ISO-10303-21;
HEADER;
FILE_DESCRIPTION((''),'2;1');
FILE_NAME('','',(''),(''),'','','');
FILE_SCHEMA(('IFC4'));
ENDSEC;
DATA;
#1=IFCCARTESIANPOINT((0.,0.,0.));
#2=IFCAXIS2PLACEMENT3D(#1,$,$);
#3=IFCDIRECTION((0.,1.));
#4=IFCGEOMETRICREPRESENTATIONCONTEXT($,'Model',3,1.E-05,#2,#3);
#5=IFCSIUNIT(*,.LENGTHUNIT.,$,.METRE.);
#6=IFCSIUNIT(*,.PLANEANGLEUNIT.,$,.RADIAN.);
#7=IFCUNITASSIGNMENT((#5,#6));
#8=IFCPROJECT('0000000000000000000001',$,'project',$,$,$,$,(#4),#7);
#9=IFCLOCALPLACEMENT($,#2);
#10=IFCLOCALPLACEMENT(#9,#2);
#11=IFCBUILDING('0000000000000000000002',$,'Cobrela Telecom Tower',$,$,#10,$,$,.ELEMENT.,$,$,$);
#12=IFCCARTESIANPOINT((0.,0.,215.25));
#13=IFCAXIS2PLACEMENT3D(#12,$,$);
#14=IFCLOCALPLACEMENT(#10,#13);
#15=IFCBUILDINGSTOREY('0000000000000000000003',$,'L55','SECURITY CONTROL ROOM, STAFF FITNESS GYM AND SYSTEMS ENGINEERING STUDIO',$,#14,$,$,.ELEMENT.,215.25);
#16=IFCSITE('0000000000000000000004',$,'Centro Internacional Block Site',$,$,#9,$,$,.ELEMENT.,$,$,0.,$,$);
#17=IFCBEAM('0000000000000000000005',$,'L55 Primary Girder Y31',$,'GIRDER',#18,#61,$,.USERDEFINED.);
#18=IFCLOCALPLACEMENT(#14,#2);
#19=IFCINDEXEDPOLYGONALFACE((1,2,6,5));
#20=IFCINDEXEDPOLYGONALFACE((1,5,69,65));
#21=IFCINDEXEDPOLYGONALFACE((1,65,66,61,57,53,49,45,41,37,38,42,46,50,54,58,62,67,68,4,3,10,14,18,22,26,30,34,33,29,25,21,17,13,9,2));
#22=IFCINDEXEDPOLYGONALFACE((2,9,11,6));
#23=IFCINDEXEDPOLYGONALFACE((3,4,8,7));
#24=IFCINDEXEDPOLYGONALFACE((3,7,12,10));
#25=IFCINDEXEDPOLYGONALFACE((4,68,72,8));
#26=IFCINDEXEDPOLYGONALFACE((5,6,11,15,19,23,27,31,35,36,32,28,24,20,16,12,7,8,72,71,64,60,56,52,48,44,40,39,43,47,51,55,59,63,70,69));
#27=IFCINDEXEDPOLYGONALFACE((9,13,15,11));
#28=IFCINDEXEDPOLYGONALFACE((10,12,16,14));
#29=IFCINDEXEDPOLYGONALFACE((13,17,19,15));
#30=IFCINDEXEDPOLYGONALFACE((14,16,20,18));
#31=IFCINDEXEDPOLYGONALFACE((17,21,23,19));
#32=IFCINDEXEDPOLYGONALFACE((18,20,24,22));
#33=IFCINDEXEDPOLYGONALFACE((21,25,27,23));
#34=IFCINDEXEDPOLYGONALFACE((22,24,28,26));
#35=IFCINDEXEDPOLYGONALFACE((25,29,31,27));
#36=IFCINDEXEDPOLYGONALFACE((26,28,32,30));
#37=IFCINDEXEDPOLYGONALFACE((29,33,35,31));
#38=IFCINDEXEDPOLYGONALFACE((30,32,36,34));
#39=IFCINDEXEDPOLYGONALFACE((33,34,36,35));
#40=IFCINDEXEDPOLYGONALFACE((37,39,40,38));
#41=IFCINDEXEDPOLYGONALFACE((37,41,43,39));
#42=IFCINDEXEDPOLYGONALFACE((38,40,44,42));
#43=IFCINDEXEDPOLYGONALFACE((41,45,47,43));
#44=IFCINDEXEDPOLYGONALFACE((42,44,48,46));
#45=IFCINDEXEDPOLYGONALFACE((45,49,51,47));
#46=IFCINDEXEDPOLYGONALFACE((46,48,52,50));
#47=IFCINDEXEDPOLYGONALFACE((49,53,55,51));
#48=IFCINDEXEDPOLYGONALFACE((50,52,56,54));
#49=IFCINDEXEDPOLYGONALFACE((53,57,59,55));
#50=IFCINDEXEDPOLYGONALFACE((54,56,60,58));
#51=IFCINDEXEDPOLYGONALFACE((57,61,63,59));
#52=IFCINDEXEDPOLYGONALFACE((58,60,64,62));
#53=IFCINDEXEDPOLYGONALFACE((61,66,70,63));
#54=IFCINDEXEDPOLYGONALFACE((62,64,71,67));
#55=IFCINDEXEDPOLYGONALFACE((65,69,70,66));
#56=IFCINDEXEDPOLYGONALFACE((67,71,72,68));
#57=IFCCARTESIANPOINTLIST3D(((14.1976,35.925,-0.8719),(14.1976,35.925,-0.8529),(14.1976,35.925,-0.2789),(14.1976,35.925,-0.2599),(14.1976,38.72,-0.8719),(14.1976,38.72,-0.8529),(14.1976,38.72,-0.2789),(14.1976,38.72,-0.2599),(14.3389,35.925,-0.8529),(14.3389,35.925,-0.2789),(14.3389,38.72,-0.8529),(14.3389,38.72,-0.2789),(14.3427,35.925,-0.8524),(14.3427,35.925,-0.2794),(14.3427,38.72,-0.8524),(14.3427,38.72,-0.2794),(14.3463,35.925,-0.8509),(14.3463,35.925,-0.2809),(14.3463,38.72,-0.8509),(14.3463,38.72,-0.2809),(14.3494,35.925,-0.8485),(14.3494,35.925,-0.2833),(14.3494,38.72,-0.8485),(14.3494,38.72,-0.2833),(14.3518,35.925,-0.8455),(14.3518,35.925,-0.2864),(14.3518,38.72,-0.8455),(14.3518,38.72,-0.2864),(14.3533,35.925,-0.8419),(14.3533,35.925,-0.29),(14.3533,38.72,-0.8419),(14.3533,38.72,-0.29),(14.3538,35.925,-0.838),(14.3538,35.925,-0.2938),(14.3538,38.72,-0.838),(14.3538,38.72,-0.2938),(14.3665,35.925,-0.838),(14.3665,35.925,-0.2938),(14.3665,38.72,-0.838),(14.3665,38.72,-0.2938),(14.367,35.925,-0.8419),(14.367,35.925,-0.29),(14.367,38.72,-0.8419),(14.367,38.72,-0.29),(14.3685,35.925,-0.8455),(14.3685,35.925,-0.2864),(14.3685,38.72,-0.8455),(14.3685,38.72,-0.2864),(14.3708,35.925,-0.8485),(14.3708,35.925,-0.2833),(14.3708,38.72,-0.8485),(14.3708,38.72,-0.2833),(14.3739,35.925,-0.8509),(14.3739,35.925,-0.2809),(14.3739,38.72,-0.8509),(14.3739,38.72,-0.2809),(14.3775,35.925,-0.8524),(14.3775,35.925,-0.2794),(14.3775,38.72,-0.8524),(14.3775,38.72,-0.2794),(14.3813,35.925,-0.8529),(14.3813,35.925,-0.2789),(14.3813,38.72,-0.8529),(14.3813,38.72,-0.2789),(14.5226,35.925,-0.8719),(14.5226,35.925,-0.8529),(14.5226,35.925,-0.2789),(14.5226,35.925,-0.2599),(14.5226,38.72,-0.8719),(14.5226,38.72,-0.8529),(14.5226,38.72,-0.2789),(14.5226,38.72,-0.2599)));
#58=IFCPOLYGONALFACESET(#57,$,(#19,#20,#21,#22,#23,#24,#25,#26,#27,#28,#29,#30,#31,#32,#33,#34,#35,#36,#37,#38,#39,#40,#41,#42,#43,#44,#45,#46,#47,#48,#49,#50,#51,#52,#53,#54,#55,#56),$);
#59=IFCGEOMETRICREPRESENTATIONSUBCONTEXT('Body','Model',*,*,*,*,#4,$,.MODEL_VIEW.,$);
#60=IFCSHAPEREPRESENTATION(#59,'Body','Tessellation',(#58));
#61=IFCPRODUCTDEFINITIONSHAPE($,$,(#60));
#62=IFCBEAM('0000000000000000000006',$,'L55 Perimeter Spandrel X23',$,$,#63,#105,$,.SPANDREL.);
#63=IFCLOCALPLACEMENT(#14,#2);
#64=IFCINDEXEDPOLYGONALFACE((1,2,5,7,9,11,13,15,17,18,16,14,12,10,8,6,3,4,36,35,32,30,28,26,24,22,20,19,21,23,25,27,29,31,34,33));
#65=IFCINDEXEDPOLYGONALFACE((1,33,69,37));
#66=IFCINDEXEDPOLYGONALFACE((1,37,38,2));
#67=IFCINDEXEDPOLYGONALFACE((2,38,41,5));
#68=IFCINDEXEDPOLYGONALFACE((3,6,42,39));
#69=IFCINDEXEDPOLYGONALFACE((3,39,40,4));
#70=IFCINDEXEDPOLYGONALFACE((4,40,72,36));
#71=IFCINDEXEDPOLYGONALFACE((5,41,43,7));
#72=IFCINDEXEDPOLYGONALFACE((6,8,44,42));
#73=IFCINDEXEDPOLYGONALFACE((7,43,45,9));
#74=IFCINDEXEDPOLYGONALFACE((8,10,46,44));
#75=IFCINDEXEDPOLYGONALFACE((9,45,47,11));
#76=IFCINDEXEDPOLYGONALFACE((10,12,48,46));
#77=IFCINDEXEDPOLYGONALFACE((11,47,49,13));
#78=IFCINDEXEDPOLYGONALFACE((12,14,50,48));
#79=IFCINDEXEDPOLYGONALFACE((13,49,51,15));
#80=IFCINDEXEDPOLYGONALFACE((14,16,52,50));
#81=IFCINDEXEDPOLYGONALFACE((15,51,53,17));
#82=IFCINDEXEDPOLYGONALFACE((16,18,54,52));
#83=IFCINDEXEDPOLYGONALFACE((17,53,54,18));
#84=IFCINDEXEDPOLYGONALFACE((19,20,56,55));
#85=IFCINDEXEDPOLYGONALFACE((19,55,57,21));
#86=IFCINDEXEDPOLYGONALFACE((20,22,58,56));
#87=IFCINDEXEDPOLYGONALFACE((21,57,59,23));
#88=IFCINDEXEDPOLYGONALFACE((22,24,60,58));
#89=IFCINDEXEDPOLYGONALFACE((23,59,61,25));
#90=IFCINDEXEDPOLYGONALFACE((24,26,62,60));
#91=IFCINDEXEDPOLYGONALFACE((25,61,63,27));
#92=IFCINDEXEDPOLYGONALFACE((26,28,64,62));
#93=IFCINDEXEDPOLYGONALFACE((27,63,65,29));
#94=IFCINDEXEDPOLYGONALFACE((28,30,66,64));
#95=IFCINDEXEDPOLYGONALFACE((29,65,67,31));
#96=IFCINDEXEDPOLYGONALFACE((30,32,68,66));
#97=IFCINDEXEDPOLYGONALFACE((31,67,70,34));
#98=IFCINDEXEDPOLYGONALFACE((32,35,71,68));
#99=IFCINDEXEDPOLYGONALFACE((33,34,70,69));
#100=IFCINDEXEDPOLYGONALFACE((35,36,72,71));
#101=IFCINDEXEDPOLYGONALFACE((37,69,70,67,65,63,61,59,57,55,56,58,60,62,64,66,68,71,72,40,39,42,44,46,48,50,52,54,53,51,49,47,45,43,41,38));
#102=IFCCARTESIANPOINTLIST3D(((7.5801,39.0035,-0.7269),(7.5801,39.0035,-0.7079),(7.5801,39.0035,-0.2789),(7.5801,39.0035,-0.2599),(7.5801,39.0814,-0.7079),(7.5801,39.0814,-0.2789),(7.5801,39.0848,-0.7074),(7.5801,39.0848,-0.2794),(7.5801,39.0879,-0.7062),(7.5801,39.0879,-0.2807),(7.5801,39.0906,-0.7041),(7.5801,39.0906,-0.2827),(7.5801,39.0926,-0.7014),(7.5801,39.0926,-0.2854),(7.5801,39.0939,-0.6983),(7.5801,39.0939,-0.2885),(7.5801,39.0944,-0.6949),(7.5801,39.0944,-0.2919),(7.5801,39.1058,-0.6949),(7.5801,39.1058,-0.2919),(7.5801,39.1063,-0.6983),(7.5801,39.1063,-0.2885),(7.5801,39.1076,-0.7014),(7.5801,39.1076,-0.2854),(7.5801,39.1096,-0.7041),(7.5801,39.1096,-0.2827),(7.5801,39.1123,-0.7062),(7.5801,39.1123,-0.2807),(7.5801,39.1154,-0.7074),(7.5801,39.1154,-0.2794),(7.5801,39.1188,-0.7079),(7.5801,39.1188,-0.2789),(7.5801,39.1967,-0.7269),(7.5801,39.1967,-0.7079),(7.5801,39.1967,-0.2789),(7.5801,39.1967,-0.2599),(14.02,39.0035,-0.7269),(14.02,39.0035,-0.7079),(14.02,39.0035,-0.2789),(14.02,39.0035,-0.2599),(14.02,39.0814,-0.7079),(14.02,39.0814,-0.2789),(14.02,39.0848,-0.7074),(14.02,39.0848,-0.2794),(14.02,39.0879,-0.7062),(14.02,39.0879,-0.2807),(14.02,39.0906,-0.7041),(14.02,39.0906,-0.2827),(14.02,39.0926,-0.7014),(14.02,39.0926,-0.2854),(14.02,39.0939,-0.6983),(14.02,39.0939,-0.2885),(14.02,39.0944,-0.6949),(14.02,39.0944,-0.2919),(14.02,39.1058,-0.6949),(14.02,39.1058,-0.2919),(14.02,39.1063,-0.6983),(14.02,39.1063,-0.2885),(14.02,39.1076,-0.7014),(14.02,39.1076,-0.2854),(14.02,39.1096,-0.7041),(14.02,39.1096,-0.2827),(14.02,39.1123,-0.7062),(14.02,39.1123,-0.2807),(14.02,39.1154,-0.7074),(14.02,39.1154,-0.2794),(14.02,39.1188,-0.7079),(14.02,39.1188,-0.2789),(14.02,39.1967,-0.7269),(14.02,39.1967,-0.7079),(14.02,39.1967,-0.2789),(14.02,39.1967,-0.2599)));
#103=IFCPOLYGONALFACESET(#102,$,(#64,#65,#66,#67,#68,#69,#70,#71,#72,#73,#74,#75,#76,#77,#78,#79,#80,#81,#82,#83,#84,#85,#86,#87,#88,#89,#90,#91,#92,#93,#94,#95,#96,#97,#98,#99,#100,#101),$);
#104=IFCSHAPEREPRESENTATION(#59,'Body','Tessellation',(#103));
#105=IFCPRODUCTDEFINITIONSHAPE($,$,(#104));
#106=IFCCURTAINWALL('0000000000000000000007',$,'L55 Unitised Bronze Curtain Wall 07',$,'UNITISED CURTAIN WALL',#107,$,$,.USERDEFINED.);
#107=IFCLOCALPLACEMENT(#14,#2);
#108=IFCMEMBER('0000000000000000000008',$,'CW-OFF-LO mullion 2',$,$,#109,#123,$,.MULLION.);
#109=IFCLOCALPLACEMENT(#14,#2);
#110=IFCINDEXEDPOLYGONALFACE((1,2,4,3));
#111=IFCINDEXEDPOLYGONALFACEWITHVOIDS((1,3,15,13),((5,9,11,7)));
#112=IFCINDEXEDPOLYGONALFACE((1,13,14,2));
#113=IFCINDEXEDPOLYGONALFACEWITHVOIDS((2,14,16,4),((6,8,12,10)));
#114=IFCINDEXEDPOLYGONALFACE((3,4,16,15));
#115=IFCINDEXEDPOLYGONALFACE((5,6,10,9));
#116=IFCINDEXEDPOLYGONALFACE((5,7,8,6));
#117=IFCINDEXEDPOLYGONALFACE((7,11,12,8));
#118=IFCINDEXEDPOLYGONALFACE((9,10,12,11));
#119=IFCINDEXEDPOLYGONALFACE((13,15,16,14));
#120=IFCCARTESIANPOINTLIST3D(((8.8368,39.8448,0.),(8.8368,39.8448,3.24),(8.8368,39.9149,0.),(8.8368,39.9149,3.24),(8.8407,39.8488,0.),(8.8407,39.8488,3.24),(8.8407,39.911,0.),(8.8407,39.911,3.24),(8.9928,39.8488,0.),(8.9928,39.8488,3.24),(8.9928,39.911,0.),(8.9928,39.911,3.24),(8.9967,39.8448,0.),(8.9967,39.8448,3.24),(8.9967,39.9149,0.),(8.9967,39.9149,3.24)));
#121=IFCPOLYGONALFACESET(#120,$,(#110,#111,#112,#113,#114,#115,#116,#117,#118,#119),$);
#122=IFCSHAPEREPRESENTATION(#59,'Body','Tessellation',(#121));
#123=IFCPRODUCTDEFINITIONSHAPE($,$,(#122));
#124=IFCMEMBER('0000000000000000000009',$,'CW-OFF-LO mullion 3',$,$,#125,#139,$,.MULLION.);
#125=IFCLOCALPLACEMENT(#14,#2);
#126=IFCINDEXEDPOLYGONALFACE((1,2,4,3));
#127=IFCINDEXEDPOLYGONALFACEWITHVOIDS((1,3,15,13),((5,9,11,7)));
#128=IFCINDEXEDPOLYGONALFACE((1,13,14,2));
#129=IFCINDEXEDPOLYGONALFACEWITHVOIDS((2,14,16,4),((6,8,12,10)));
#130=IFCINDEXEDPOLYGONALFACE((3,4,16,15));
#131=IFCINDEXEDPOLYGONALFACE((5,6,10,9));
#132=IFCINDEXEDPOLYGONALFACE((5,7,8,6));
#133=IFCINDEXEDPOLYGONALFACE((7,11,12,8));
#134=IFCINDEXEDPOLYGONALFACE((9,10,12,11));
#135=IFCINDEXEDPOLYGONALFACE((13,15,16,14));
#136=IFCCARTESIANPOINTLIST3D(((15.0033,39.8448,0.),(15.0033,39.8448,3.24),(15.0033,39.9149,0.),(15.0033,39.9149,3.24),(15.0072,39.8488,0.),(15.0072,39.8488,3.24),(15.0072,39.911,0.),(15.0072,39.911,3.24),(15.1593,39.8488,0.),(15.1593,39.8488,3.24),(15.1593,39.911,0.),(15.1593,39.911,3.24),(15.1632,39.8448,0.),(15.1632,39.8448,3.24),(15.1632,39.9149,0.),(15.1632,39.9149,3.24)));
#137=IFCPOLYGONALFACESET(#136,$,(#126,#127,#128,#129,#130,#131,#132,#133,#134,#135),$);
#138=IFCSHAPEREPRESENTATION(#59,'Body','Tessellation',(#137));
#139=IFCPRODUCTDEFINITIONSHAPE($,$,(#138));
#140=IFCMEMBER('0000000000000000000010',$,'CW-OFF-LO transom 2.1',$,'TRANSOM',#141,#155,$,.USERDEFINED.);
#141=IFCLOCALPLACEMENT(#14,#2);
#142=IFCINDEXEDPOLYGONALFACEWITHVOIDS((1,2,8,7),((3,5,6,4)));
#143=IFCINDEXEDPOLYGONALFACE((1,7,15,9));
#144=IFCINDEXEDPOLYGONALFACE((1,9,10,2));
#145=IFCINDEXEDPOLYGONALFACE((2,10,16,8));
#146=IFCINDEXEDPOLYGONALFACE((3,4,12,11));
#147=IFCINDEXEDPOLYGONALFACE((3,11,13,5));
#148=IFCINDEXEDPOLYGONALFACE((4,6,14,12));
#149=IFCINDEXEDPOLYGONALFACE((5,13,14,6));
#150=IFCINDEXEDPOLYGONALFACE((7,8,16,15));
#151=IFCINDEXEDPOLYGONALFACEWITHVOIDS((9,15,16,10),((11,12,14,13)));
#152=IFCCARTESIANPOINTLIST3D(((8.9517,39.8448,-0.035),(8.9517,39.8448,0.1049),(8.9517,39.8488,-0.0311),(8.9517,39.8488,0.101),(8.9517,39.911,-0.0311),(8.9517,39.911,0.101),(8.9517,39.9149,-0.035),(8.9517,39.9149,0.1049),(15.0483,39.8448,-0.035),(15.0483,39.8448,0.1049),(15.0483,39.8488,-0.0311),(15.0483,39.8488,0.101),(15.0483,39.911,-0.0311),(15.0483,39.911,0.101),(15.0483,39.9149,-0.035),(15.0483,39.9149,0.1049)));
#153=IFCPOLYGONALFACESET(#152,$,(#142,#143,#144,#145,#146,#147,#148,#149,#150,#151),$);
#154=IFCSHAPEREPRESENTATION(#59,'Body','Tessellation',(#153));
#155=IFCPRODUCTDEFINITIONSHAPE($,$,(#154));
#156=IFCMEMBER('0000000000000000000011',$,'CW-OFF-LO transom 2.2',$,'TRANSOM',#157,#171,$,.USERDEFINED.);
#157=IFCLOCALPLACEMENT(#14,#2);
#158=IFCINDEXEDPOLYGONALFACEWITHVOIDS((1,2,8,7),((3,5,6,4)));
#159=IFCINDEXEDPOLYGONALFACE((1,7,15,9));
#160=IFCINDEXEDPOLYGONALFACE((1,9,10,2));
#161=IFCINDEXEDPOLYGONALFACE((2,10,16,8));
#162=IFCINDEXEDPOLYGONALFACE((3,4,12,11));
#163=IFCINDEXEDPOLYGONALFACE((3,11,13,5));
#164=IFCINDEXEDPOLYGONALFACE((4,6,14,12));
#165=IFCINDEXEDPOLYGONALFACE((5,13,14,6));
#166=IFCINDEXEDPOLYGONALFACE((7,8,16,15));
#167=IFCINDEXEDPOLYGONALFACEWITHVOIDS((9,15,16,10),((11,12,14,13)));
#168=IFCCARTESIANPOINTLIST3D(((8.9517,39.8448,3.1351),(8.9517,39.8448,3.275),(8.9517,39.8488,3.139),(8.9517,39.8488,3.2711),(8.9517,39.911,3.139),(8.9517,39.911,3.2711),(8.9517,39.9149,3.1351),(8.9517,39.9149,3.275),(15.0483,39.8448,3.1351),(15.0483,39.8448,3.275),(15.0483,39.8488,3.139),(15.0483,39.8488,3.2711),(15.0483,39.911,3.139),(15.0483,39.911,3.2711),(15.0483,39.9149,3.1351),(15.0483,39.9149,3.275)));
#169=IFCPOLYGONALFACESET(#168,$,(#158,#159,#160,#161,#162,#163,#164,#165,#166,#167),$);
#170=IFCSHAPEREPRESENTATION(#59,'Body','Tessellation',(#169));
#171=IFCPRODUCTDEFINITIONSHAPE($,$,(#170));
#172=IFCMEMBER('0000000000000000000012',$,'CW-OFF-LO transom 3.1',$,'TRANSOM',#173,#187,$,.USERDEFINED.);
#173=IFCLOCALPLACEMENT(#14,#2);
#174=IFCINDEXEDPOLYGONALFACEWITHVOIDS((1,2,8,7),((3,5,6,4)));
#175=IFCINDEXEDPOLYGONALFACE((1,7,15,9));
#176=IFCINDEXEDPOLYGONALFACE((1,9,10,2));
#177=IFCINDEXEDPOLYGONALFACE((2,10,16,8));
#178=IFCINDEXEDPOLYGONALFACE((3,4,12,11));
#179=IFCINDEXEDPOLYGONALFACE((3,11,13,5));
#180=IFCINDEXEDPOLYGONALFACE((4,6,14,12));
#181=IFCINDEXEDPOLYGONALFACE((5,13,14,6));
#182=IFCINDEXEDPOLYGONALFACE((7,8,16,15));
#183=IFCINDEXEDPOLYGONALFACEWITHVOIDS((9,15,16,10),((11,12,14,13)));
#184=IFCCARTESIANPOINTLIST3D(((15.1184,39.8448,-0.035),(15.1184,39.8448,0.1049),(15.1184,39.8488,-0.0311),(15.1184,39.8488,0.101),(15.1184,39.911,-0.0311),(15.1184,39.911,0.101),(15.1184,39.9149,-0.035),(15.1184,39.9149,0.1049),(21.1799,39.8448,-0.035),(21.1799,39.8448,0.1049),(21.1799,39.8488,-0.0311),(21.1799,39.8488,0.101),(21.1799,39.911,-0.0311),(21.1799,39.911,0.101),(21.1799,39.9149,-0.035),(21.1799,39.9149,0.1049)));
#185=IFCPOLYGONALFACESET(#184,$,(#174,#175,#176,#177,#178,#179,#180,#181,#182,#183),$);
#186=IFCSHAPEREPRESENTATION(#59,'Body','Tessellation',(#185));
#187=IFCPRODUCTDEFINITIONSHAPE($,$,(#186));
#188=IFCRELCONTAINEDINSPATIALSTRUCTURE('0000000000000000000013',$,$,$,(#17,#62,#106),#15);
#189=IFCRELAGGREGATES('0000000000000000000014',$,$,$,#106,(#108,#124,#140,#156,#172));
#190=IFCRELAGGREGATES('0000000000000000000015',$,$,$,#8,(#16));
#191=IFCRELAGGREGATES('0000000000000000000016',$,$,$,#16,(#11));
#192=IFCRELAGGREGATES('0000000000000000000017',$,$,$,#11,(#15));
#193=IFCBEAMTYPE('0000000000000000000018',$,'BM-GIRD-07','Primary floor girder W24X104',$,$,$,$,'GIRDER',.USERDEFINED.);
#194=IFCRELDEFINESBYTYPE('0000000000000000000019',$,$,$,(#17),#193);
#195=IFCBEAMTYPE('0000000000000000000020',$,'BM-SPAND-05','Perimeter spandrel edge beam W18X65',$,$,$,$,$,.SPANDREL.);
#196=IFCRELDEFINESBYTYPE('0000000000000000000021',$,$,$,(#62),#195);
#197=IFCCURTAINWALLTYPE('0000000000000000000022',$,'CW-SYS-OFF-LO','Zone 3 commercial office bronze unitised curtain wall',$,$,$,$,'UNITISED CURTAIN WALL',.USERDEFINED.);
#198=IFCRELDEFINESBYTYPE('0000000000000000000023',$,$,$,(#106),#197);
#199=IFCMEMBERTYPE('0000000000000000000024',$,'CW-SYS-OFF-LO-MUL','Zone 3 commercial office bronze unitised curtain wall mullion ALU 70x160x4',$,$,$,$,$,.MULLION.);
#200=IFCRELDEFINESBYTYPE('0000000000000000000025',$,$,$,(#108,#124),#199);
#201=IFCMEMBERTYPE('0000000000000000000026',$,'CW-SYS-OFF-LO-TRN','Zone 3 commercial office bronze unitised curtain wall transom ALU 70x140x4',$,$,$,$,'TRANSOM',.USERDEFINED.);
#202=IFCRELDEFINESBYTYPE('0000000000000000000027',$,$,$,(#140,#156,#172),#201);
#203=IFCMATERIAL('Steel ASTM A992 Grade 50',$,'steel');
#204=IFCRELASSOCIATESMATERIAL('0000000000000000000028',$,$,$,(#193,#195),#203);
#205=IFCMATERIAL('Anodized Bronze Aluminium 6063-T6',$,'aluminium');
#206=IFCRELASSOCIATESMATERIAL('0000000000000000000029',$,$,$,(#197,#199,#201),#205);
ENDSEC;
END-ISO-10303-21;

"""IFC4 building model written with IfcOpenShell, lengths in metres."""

from ifc_helpers import new_model, si_unit, direction, frame, origin, origin_2d, place, context, subcontext, project, spatial, hollow_rectangle, i_section, extrude, material, material_profile, profile_set, type_object, element, aggregate, save


model = new_model("IFC4")

# Units and contexts
model_context = context("Model", 3, precision=1e-05, world=origin(), true_north=direction((0.0, 1.0)))
body_context = subcontext(model_context, "Body", "Model", "MODEL_VIEW")
ifc_project = project(units=[si_unit("LENGTHUNIT", "METRE"), si_unit("PLANEANGLEUNIT", "RADIAN")], contexts=[model_context])

# Site, building, storey
site_placement = place(None, origin())
site = spatial("IfcSite", under=ifc_project, at=site_placement, Name="Centro Internacional Block Site", CompositionType="ELEMENT", RefElevation=0.0)
building_placement = place(site_placement, origin())
building = spatial("IfcBuilding", under=site, at=building_placement, Name="Cobrela Telecom Tower", CompositionType="ELEMENT")
storey_placement = place(building_placement, frame((0.0, 0.0, 215.25)))
storey = spatial("IfcBuildingStorey", under=building, at=storey_placement, Name="L55", Description="SECURITY CONTROL ROOM, STAFF FITNESS GYM AND SYSTEMS ENGINEERING STUDIO", CompositionType="ELEMENT", Elevation=215.25)

# Beams
ifc_material_1 = material(Name="Steel ASTM A992 Grade 50", Category="steel")
ifc_material_profile_1 = material_profile(ifc_material_1, i_section(OverallWidth=0.325, OverallDepth=0.6121, WebThickness=0.0127, FlangeThickness=0.019, FilletRadius=0.0149, at=origin_2d()), Name="W24X104")
ifc_profile_set_1 = profile_set([ifc_material_profile_1], Name="Steel ASTM A992 Grade 50")
beam_type_1 = type_object("IfcBeamType", Name="BM-GIRD-07", Description="Primary floor girder W24X104", ElementType="GIRDER", PredefinedType="USERDEFINED", material=ifc_profile_set_1)
for number, where, z_axis, x_axis, name in (
    (1, (14.3601, 35.925, -0.5659), (0.0, 1.0, 0.0), (-1.0, 0.0, 0.0), "L55 Primary Girder Y31"),
):
    element("IfcBeam", number, at=place(storey_placement, frame(where, z_axis=z_axis, x_axis=x_axis)), inside=storey, type_object=beam_type_1, Name=name, ObjectType="GIRDER", PredefinedType="USERDEFINED", context=body_context, shape_type="SweptSolid", body=[
        extrude(i_section(OverallWidth=0.325, OverallDepth=0.6121, WebThickness=0.0127, FlangeThickness=0.019, FilletRadius=0.0149, at=origin_2d()), origin(), (0.0, 0.0, 1.0), 2.7949),
    ])
ifc_material_profile_2 = material_profile(ifc_material_1, i_section(OverallWidth=0.1931, OverallDepth=0.467, WebThickness=0.0115, FlangeThickness=0.019, FilletRadius=0.0129, at=origin_2d()), Name="W18X65")
ifc_profile_set_2 = profile_set([ifc_material_profile_2], Name="Steel ASTM A992 Grade 50")
beam_type_2 = type_object("IfcBeamType", Name="BM-SPAND-05", Description="Perimeter spandrel edge beam W18X65", PredefinedType="SPANDREL", material=ifc_profile_set_2)
beam_1_placement = place(storey_placement, frame((7.5801, 39.1001, -0.4934), z_axis=(1.0, 0.0, 0.0), x_axis=(0.0, 1.0, 0.0)))
element("IfcBeam", 2, at=beam_1_placement, inside=storey, type_object=beam_type_2, Name="L55 Perimeter Spandrel X23", PredefinedType="SPANDREL", context=body_context, shape_type="SweptSolid", body=[
    extrude(i_section(OverallWidth=0.1931, OverallDepth=0.467, WebThickness=0.0115, FlangeThickness=0.019, FilletRadius=0.0129, at=origin_2d()), origin(), (0.0, 0.0, 1.0), 6.4399),
])

# Curtain wall, members
ifc_material_2 = material(Name="Anodized Bronze Aluminium 6063-T6", Category="aluminium")
curtain_wall_type = type_object("IfcCurtainWallType", Name="CW-SYS-OFF-LO", Description="Zone 3 commercial office bronze unitised curtain wall", ElementType="UNITISED CURTAIN WALL", PredefinedType="USERDEFINED", material=ifc_material_2)
curtain_wall_placement = place(storey_placement, origin())
curtain_wall = element("IfcCurtainWall", 3, at=curtain_wall_placement, inside=storey, type_object=curtain_wall_type, Name="L55 Unitised Bronze Curtain Wall 07", ObjectType="UNITISED CURTAIN WALL", PredefinedType="USERDEFINED")
ifc_material_profile_3 = material_profile(ifc_material_2, hollow_rectangle(XDim=0.0701, YDim=0.1599, WallThickness=0.0039, at=origin_2d()), Name="ALU 70x160x4")
ifc_profile_set_3 = profile_set([ifc_material_profile_3], Name="Anodized Bronze Aluminium 6063-T6")
member_type_1 = type_object("IfcMemberType", Name="CW-SYS-OFF-LO-MUL", Description="Zone 3 commercial office bronze unitised curtain wall mullion ALU 70x160x4", PredefinedType="MULLION", material=ifc_profile_set_3)
member_1_placement = place(storey_placement, frame((8.9167, 39.8799, 0.0), z_axis=(0.0, 0.0, 1.0), x_axis=(0.0, 1.0, 0.0)))
member_1 = element("IfcMember", 4, at=member_1_placement, type_object=member_type_1, Name="CW-OFF-LO mullion 2", PredefinedType="MULLION", context=body_context, shape_type="SweptSolid", body=[
    extrude(hollow_rectangle(XDim=0.0701, YDim=0.1599, WallThickness=0.0039, at=origin_2d()), origin(), (0.0, 0.0, 1.0), 3.24),
])
member_2_placement = place(storey_placement, frame((15.0833, 39.8799, 0.0), z_axis=(0.0, 0.0, 1.0), x_axis=(0.0, 1.0, 0.0)))
member_2 = element("IfcMember", 5, at=member_2_placement, type_object=member_type_1, Name="CW-OFF-LO mullion 3", PredefinedType="MULLION", context=body_context, shape_type="SweptSolid", body=[
    extrude(hollow_rectangle(XDim=0.0701, YDim=0.1599, WallThickness=0.0039, at=origin_2d()), origin(), (0.0, 0.0, 1.0), 3.24),
])
ifc_material_profile_4 = material_profile(ifc_material_2, hollow_rectangle(XDim=0.0701, YDim=0.1399, WallThickness=0.0039, at=origin_2d()), Name="ALU 70x140x4")
ifc_profile_set_4 = profile_set([ifc_material_profile_4], Name="Anodized Bronze Aluminium 6063-T6")
member_type_2 = type_object("IfcMemberType", Name="CW-SYS-OFF-LO-TRN", Description="Zone 3 commercial office bronze unitised curtain wall transom ALU 70x140x4", ElementType="TRANSOM", PredefinedType="USERDEFINED", material=ifc_profile_set_4)
member_3_placement = place(storey_placement, frame((8.9517, 39.8799, 0.0349), z_axis=(1.0, 0.0, 0.0), x_axis=(0.0, 1.0, 0.0)))
member_3 = element("IfcMember", 6, at=member_3_placement, type_object=member_type_2, Name="CW-OFF-LO transom 2.1", ObjectType="TRANSOM", PredefinedType="USERDEFINED", context=body_context, shape_type="SweptSolid", body=[
    extrude(hollow_rectangle(XDim=0.0701, YDim=0.1399, WallThickness=0.0039, at=origin_2d()), origin(), (0.0, 0.0, 1.0), 6.0967),
])
member_4_placement = place(storey_placement, frame((8.9517, 39.8799, 3.2051), z_axis=(1.0, 0.0, 0.0), x_axis=(0.0, 1.0, 0.0)))
member_4 = element("IfcMember", 7, at=member_4_placement, type_object=member_type_2, Name="CW-OFF-LO transom 2.2", ObjectType="TRANSOM", PredefinedType="USERDEFINED", context=body_context, shape_type="SweptSolid", body=[
    extrude(hollow_rectangle(XDim=0.0701, YDim=0.1399, WallThickness=0.0039, at=origin_2d()), origin(), (0.0, 0.0, 1.0), 6.0967),
])
member_5_placement = place(storey_placement, frame((15.1184, 39.8799, 0.0349), z_axis=(1.0, 0.0, 0.0), x_axis=(0.0, 1.0, 0.0)))
member_5 = element("IfcMember", 8, at=member_5_placement, type_object=member_type_2, Name="CW-OFF-LO transom 3.1", ObjectType="TRANSOM", PredefinedType="USERDEFINED", context=body_context, shape_type="SweptSolid", body=[
    extrude(hollow_rectangle(XDim=0.0701, YDim=0.1399, WallThickness=0.0039, at=origin_2d()), origin(), (0.0, 0.0, 1.0), 6.0615),
])

aggregate(curtain_wall, [member_1, member_2, member_3, member_4, member_5])

save(model, "model.ifc")
